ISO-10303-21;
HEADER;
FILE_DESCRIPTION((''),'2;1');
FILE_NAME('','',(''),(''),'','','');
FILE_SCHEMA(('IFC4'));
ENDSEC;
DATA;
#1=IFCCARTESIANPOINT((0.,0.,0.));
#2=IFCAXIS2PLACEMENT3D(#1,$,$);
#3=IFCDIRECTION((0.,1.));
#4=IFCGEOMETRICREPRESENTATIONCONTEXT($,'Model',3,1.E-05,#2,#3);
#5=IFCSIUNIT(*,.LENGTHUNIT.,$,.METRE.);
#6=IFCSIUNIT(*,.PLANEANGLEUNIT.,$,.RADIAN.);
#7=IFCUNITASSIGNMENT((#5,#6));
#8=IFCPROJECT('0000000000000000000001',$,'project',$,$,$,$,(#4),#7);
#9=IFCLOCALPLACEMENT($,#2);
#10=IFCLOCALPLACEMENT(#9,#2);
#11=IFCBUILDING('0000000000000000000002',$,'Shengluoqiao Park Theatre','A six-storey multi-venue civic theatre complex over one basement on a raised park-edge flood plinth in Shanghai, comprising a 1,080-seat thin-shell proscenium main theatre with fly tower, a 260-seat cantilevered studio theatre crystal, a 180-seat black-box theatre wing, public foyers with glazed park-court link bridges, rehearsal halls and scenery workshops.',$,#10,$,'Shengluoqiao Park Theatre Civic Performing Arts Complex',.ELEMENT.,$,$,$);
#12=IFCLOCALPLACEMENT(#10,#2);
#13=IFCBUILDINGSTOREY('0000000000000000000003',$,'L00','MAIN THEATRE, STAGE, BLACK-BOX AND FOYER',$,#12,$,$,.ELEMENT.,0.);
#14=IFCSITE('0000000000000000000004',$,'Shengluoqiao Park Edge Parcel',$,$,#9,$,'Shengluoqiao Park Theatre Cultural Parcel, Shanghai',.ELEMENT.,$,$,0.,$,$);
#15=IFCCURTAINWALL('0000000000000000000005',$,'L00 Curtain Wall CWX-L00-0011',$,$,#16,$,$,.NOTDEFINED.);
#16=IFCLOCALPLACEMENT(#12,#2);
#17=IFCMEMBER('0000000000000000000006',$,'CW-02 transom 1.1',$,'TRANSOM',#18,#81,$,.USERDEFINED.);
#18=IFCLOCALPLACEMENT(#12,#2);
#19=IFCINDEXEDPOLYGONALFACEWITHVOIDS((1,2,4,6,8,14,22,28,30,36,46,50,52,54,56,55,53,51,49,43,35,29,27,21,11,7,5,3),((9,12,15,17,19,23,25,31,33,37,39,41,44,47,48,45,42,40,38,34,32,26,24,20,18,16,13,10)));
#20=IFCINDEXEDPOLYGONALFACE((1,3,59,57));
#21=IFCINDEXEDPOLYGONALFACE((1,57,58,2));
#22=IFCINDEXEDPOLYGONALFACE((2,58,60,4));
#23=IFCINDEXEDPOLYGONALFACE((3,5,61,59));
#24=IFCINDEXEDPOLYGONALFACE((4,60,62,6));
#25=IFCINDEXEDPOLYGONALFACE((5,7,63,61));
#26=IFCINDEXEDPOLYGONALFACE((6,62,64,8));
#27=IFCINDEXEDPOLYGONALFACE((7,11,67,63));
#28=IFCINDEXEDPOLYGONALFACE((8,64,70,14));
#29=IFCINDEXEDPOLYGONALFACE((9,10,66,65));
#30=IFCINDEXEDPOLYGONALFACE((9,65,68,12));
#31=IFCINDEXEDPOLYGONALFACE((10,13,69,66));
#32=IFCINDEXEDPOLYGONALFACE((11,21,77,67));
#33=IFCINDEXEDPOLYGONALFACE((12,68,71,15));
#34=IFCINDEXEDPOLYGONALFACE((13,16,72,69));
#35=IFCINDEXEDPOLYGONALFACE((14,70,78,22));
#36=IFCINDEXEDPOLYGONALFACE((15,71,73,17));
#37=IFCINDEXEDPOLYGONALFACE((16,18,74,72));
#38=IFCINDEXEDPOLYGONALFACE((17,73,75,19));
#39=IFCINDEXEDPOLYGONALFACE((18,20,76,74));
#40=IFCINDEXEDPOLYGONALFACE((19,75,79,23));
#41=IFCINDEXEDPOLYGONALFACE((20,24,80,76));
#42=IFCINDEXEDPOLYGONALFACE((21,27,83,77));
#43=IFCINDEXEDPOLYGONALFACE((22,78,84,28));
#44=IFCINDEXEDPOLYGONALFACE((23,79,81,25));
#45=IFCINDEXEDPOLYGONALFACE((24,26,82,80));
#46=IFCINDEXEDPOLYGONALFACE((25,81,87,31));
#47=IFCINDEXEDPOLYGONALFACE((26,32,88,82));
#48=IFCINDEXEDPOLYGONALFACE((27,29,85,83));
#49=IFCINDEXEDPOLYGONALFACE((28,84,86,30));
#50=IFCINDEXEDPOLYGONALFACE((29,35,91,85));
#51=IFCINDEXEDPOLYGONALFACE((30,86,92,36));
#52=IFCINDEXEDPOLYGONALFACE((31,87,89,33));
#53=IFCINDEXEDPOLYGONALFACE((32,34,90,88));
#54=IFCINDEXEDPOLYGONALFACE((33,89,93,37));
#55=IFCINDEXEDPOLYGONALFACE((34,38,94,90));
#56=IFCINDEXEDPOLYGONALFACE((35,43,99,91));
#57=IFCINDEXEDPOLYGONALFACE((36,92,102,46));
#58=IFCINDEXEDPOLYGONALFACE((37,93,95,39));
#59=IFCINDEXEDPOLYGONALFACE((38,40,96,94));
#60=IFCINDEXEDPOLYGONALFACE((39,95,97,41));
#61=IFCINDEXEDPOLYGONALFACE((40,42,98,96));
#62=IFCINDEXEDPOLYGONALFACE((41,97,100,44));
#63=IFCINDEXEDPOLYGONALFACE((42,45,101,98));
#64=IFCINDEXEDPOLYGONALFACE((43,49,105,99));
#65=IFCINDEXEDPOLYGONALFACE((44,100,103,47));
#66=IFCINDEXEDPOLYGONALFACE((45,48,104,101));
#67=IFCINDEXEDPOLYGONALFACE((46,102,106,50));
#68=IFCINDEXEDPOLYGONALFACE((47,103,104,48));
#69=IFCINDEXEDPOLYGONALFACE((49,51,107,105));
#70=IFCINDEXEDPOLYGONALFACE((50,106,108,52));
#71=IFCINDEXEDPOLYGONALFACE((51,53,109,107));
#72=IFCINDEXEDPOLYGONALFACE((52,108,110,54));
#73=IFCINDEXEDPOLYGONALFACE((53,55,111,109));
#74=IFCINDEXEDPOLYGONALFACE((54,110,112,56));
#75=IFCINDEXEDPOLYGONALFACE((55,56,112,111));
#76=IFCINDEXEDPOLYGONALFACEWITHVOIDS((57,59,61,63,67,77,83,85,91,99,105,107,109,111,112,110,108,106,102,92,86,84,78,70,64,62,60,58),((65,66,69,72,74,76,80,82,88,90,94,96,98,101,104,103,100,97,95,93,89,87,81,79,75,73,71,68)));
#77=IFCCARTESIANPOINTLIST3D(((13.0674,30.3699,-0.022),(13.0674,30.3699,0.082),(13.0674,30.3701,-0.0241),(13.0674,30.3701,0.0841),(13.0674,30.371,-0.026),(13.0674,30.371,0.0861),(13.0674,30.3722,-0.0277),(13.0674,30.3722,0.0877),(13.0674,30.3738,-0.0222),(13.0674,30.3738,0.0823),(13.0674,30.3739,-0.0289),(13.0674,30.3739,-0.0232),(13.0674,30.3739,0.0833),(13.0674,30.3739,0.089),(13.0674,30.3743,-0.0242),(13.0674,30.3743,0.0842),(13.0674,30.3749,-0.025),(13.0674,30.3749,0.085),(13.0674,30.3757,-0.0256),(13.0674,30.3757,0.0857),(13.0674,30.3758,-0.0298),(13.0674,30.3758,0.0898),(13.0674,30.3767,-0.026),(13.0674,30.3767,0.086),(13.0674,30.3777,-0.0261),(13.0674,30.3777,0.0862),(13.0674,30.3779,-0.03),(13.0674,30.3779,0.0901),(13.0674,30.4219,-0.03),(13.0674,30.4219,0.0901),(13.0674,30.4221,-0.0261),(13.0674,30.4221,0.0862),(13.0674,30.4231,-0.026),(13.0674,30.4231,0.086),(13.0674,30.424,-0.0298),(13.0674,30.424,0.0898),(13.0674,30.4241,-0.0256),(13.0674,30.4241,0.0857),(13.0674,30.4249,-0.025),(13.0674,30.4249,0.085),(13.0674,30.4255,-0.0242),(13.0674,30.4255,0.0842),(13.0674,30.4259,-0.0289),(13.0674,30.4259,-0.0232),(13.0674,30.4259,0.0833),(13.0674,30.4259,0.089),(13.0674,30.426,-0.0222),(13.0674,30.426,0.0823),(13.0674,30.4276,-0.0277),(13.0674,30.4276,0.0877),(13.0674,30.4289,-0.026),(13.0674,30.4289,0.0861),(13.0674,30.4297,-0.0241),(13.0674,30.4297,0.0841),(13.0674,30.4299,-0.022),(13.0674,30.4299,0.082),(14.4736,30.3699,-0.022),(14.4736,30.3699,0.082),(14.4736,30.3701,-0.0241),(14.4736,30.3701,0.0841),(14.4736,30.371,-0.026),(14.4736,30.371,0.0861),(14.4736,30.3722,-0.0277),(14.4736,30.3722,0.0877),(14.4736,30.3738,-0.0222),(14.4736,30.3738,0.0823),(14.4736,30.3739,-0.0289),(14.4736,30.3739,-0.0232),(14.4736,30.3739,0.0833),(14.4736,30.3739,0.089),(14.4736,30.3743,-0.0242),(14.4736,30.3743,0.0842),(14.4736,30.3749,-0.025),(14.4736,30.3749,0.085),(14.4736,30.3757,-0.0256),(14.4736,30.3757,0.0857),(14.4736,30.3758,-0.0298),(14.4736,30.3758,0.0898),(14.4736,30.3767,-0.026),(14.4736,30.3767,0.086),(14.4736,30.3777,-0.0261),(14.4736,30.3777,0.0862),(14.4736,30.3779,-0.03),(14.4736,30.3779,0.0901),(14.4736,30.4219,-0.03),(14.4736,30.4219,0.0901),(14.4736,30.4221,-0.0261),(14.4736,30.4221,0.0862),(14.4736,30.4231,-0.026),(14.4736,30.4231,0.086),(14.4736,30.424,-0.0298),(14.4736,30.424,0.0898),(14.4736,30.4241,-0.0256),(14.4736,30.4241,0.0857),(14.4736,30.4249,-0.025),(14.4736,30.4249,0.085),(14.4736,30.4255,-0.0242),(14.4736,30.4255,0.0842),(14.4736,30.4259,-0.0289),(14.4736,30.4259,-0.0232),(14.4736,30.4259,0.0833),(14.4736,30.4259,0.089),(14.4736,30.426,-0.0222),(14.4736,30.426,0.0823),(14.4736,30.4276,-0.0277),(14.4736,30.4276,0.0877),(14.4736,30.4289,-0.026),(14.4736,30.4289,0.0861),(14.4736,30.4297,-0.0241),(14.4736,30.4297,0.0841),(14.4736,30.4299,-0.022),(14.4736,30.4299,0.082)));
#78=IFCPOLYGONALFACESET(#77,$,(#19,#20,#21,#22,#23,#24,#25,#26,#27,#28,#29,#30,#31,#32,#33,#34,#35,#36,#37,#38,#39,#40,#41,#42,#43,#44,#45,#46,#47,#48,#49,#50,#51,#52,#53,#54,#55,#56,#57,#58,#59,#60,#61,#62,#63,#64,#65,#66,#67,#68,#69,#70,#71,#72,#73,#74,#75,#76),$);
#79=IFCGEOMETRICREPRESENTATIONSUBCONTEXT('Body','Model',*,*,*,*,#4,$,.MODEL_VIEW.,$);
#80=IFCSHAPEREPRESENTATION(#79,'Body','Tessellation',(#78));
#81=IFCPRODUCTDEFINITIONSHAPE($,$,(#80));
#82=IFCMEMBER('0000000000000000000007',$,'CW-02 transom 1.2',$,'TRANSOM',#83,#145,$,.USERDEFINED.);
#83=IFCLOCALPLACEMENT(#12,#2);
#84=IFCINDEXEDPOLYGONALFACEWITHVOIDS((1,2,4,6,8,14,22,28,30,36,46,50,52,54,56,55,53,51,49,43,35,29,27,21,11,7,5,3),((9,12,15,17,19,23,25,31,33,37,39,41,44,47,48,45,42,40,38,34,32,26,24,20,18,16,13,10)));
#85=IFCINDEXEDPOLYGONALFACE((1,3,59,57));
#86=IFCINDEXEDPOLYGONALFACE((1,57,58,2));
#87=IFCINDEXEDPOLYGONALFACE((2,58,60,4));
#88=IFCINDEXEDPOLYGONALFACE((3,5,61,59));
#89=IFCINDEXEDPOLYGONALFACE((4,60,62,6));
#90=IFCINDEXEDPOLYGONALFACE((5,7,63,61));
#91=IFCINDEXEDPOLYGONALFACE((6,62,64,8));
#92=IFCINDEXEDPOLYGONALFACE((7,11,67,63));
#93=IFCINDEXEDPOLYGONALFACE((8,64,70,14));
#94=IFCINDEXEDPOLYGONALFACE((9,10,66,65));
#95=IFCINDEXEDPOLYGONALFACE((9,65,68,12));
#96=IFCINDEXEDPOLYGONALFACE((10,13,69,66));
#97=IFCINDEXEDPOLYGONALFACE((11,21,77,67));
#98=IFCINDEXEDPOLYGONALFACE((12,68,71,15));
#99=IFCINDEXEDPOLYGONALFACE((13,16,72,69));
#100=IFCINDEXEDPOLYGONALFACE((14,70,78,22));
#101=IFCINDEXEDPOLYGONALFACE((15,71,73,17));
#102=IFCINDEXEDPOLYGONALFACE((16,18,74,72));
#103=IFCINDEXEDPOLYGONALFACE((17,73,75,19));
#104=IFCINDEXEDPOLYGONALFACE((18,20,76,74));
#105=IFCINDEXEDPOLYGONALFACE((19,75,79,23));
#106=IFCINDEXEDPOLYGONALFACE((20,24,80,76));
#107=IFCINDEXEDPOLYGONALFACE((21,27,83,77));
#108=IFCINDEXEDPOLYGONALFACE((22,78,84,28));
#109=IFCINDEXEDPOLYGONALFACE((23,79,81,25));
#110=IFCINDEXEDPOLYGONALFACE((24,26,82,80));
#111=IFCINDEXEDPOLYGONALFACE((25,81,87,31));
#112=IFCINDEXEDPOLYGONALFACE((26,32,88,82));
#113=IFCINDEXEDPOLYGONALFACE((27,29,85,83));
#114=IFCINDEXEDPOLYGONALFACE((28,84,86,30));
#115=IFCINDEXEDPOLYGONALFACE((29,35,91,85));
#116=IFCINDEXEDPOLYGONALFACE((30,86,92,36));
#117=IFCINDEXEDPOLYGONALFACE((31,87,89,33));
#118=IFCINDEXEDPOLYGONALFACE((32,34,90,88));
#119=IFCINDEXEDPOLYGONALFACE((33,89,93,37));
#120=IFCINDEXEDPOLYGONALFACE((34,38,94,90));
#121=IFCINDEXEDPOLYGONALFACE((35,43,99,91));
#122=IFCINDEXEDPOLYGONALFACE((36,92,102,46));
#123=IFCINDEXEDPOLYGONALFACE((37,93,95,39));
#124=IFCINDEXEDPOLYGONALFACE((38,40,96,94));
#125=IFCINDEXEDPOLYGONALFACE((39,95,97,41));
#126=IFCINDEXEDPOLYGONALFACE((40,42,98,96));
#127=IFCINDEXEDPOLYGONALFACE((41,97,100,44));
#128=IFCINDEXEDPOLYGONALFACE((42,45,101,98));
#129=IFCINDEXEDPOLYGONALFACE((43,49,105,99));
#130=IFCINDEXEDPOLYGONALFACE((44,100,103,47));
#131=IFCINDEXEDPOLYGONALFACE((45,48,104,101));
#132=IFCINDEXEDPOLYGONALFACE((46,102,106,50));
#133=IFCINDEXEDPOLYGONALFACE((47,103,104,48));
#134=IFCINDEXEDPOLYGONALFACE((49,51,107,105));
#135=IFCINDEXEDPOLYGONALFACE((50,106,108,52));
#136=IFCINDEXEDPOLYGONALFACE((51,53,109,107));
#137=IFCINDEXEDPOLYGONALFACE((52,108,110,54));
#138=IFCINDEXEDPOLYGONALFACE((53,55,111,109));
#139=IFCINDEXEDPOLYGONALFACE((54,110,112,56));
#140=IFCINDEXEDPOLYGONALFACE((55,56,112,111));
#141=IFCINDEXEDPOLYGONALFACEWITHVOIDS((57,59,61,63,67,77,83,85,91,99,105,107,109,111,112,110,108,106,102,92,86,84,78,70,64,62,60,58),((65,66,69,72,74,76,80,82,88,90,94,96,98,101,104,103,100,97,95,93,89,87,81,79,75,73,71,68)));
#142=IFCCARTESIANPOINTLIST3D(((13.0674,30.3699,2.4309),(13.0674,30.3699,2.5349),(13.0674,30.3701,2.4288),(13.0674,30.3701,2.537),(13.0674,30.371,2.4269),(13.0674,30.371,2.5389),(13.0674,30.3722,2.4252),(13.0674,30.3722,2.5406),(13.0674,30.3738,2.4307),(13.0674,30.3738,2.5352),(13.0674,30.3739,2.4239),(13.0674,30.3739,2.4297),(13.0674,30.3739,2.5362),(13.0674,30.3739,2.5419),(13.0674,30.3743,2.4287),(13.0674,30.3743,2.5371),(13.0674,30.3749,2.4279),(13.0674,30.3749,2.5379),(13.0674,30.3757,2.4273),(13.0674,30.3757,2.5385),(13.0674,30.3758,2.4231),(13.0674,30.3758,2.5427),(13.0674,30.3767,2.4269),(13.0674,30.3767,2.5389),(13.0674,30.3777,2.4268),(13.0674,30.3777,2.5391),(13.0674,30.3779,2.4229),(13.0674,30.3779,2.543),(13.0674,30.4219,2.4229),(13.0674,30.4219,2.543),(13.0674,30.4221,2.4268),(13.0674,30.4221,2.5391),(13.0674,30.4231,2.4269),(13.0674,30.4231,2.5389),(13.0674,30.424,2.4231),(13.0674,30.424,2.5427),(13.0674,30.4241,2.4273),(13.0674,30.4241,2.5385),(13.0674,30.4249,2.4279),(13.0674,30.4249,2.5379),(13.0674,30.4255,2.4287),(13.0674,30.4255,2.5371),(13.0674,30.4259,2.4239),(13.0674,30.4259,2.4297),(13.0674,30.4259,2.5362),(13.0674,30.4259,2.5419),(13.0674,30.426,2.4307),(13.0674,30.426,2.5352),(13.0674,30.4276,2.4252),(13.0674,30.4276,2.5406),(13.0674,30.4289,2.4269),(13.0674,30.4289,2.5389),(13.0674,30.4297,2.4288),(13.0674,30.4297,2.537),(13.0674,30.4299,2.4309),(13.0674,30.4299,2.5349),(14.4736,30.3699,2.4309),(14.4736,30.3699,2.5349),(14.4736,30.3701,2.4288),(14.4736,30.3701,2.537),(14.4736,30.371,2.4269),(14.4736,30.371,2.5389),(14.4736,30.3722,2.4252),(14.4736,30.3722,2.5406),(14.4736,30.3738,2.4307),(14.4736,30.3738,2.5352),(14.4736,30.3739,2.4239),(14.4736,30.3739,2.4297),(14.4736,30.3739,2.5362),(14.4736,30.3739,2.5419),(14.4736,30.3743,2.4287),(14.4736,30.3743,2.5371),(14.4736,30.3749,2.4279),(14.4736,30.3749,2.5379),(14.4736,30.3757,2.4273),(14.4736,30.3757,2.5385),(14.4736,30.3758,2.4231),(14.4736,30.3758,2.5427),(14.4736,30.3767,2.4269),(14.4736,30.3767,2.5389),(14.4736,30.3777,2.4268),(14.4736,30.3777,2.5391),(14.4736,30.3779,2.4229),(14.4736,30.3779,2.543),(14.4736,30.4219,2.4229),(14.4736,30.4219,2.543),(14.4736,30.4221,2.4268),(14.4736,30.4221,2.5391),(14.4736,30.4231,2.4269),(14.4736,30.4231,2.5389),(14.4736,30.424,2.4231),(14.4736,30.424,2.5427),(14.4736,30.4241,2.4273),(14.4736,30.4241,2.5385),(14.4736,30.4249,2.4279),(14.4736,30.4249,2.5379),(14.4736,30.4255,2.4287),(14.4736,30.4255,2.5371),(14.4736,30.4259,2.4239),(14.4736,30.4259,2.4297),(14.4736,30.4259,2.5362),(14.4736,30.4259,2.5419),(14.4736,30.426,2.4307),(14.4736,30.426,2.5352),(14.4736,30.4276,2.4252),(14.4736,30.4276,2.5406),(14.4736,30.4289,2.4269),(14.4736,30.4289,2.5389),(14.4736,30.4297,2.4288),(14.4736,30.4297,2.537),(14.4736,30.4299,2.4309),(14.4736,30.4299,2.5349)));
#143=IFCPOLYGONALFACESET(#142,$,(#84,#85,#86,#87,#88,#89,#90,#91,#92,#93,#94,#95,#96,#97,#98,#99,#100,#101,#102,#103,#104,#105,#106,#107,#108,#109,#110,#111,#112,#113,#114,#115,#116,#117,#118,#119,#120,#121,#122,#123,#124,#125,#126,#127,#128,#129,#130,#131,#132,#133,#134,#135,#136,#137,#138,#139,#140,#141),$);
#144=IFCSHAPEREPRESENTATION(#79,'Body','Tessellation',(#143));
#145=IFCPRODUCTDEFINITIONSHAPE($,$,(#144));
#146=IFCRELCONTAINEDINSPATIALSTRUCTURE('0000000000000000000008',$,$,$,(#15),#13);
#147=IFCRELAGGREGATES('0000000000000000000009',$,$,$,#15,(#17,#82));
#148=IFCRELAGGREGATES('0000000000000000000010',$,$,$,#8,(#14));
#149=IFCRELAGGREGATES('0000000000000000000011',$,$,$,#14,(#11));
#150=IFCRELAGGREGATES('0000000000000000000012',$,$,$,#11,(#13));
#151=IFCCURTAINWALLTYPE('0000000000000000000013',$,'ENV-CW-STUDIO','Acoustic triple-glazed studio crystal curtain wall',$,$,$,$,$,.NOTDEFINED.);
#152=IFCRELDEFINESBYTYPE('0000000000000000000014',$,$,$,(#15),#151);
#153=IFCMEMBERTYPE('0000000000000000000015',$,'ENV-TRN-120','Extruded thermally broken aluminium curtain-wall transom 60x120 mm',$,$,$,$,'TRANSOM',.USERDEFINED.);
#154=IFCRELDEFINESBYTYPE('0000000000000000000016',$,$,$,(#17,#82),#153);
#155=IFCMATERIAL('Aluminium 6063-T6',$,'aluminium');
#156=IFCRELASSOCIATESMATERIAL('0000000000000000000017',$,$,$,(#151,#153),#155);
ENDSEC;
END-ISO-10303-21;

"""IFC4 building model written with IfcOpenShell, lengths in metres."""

from ifc_helpers import new_model, si_unit, direction, frame, origin, origin_2d, place, context, subcontext, project, spatial, hollow_rectangle, extrude, material, material_profile, profile_set, type_object, element, aggregate, save


model = new_model("IFC4")

# Units and contexts
model_context = context("Model", 3, precision=1e-05, world=origin(), true_north=direction((0.0, 1.0)))
body_context = subcontext(model_context, "Body", "Model", "MODEL_VIEW")
ifc_project = project(units=[si_unit("LENGTHUNIT", "METRE"), si_unit("PLANEANGLEUNIT", "RADIAN")], contexts=[model_context])

# Site, building, storey
site_placement = place(None, origin())
site = spatial("IfcSite", under=ifc_project, at=site_placement, Name="Shengluoqiao Park Edge Parcel", LongName="Shengluoqiao Park Theatre Cultural Parcel, Shanghai", CompositionType="ELEMENT", RefElevation=0.0)
building_placement = place(site_placement, origin())
building = spatial("IfcBuilding", under=site, at=building_placement, Name="Shengluoqiao Park Theatre", Description="A six-storey multi-venue civic theatre complex over one basement on a raised park-edge flood plinth in Shanghai, comprising a 1,080-seat thin-shell proscenium main theatre with fly tower, a 260-seat cantilevered studio theatre crystal, a 180-seat black-box theatre wing, public foyers with glazed park-court link bridges, rehearsal halls and scenery workshops.", LongName="Shengluoqiao Park Theatre Civic Performing Arts Complex", CompositionType="ELEMENT")
storey_placement = place(building_placement, origin())
storey = spatial("IfcBuildingStorey", under=building, at=storey_placement, Name="L00", Description="MAIN THEATRE, STAGE, BLACK-BOX AND FOYER", CompositionType="ELEMENT", Elevation=0.0)

# Curtain wall
ifc_material_1 = material(Name="Aluminium 6063-T6", Category="aluminium")
curtain_wall_type = type_object("IfcCurtainWallType", Name="ENV-CW-STUDIO", Description="Acoustic triple-glazed studio crystal curtain wall", PredefinedType="NOTDEFINED", material=ifc_material_1)
curtain_wall_1_placement = place(storey_placement, origin())
curtain_wall_1 = element("IfcCurtainWall", 1, at=curtain_wall_1_placement, inside=storey, type_object=curtain_wall_type, Name="L00 Curtain Wall CWX-L00-0011", PredefinedType="NOTDEFINED")

# Members
ifc_material_profile_1 = material_profile(ifc_material_1, hollow_rectangle(XDim=0.0601, YDim=0.1201, WallThickness=0.0039, InnerFilletRadius=0.0039, OuterFilletRadius=0.0081, at=origin_2d()), Name="ALU TRANSOM 120x60x4")
ifc_profile_set_1 = profile_set([ifc_material_profile_1], Name="Aluminium 6063-T6")
member_type_1 = type_object("IfcMemberType", Name="ENV-TRN-120", Description="Extruded thermally broken aluminium curtain-wall transom 60x120 mm", ElementType="TRANSOM", PredefinedType="USERDEFINED", material=ifc_profile_set_1)
member_1_placement = place(storey_placement, frame((13.0674, 30.3999, 0.03), z_axis=(1.0, 0.0, 0.0), x_axis=(0.0, 1.0, 0.0)))
member_1 = element("IfcMember", 2, at=member_1_placement, type_object=member_type_1, Name="CW-02 transom 1.1", ObjectType="TRANSOM", PredefinedType="USERDEFINED", context=body_context, shape_type="SweptSolid", body=[
    extrude(hollow_rectangle(XDim=0.0601, YDim=0.1201, WallThickness=0.0039, InnerFilletRadius=0.0039, OuterFilletRadius=0.0081, at=origin_2d()), origin(), (0.0, 0.0, 1.0), 1.4062),
])
member_2_placement = place(storey_placement, frame((13.0674, 30.3999, 2.4829), z_axis=(1.0, 0.0, 0.0), x_axis=(0.0, 1.0, 0.0)))
member_2 = element("IfcMember", 3, at=member_2_placement, type_object=member_type_1, Name="CW-02 transom 1.2", ObjectType="TRANSOM", PredefinedType="USERDEFINED", context=body_context, shape_type="SweptSolid", body=[
    extrude(hollow_rectangle(XDim=0.0601, YDim=0.1201, WallThickness=0.0039, InnerFilletRadius=0.0039, OuterFilletRadius=0.0081, at=origin_2d()), origin(), (0.0, 0.0, 1.0), 1.4062),
])

aggregate(curtain_wall_1, [member_1, member_2])

save(model, "model.ifc")
